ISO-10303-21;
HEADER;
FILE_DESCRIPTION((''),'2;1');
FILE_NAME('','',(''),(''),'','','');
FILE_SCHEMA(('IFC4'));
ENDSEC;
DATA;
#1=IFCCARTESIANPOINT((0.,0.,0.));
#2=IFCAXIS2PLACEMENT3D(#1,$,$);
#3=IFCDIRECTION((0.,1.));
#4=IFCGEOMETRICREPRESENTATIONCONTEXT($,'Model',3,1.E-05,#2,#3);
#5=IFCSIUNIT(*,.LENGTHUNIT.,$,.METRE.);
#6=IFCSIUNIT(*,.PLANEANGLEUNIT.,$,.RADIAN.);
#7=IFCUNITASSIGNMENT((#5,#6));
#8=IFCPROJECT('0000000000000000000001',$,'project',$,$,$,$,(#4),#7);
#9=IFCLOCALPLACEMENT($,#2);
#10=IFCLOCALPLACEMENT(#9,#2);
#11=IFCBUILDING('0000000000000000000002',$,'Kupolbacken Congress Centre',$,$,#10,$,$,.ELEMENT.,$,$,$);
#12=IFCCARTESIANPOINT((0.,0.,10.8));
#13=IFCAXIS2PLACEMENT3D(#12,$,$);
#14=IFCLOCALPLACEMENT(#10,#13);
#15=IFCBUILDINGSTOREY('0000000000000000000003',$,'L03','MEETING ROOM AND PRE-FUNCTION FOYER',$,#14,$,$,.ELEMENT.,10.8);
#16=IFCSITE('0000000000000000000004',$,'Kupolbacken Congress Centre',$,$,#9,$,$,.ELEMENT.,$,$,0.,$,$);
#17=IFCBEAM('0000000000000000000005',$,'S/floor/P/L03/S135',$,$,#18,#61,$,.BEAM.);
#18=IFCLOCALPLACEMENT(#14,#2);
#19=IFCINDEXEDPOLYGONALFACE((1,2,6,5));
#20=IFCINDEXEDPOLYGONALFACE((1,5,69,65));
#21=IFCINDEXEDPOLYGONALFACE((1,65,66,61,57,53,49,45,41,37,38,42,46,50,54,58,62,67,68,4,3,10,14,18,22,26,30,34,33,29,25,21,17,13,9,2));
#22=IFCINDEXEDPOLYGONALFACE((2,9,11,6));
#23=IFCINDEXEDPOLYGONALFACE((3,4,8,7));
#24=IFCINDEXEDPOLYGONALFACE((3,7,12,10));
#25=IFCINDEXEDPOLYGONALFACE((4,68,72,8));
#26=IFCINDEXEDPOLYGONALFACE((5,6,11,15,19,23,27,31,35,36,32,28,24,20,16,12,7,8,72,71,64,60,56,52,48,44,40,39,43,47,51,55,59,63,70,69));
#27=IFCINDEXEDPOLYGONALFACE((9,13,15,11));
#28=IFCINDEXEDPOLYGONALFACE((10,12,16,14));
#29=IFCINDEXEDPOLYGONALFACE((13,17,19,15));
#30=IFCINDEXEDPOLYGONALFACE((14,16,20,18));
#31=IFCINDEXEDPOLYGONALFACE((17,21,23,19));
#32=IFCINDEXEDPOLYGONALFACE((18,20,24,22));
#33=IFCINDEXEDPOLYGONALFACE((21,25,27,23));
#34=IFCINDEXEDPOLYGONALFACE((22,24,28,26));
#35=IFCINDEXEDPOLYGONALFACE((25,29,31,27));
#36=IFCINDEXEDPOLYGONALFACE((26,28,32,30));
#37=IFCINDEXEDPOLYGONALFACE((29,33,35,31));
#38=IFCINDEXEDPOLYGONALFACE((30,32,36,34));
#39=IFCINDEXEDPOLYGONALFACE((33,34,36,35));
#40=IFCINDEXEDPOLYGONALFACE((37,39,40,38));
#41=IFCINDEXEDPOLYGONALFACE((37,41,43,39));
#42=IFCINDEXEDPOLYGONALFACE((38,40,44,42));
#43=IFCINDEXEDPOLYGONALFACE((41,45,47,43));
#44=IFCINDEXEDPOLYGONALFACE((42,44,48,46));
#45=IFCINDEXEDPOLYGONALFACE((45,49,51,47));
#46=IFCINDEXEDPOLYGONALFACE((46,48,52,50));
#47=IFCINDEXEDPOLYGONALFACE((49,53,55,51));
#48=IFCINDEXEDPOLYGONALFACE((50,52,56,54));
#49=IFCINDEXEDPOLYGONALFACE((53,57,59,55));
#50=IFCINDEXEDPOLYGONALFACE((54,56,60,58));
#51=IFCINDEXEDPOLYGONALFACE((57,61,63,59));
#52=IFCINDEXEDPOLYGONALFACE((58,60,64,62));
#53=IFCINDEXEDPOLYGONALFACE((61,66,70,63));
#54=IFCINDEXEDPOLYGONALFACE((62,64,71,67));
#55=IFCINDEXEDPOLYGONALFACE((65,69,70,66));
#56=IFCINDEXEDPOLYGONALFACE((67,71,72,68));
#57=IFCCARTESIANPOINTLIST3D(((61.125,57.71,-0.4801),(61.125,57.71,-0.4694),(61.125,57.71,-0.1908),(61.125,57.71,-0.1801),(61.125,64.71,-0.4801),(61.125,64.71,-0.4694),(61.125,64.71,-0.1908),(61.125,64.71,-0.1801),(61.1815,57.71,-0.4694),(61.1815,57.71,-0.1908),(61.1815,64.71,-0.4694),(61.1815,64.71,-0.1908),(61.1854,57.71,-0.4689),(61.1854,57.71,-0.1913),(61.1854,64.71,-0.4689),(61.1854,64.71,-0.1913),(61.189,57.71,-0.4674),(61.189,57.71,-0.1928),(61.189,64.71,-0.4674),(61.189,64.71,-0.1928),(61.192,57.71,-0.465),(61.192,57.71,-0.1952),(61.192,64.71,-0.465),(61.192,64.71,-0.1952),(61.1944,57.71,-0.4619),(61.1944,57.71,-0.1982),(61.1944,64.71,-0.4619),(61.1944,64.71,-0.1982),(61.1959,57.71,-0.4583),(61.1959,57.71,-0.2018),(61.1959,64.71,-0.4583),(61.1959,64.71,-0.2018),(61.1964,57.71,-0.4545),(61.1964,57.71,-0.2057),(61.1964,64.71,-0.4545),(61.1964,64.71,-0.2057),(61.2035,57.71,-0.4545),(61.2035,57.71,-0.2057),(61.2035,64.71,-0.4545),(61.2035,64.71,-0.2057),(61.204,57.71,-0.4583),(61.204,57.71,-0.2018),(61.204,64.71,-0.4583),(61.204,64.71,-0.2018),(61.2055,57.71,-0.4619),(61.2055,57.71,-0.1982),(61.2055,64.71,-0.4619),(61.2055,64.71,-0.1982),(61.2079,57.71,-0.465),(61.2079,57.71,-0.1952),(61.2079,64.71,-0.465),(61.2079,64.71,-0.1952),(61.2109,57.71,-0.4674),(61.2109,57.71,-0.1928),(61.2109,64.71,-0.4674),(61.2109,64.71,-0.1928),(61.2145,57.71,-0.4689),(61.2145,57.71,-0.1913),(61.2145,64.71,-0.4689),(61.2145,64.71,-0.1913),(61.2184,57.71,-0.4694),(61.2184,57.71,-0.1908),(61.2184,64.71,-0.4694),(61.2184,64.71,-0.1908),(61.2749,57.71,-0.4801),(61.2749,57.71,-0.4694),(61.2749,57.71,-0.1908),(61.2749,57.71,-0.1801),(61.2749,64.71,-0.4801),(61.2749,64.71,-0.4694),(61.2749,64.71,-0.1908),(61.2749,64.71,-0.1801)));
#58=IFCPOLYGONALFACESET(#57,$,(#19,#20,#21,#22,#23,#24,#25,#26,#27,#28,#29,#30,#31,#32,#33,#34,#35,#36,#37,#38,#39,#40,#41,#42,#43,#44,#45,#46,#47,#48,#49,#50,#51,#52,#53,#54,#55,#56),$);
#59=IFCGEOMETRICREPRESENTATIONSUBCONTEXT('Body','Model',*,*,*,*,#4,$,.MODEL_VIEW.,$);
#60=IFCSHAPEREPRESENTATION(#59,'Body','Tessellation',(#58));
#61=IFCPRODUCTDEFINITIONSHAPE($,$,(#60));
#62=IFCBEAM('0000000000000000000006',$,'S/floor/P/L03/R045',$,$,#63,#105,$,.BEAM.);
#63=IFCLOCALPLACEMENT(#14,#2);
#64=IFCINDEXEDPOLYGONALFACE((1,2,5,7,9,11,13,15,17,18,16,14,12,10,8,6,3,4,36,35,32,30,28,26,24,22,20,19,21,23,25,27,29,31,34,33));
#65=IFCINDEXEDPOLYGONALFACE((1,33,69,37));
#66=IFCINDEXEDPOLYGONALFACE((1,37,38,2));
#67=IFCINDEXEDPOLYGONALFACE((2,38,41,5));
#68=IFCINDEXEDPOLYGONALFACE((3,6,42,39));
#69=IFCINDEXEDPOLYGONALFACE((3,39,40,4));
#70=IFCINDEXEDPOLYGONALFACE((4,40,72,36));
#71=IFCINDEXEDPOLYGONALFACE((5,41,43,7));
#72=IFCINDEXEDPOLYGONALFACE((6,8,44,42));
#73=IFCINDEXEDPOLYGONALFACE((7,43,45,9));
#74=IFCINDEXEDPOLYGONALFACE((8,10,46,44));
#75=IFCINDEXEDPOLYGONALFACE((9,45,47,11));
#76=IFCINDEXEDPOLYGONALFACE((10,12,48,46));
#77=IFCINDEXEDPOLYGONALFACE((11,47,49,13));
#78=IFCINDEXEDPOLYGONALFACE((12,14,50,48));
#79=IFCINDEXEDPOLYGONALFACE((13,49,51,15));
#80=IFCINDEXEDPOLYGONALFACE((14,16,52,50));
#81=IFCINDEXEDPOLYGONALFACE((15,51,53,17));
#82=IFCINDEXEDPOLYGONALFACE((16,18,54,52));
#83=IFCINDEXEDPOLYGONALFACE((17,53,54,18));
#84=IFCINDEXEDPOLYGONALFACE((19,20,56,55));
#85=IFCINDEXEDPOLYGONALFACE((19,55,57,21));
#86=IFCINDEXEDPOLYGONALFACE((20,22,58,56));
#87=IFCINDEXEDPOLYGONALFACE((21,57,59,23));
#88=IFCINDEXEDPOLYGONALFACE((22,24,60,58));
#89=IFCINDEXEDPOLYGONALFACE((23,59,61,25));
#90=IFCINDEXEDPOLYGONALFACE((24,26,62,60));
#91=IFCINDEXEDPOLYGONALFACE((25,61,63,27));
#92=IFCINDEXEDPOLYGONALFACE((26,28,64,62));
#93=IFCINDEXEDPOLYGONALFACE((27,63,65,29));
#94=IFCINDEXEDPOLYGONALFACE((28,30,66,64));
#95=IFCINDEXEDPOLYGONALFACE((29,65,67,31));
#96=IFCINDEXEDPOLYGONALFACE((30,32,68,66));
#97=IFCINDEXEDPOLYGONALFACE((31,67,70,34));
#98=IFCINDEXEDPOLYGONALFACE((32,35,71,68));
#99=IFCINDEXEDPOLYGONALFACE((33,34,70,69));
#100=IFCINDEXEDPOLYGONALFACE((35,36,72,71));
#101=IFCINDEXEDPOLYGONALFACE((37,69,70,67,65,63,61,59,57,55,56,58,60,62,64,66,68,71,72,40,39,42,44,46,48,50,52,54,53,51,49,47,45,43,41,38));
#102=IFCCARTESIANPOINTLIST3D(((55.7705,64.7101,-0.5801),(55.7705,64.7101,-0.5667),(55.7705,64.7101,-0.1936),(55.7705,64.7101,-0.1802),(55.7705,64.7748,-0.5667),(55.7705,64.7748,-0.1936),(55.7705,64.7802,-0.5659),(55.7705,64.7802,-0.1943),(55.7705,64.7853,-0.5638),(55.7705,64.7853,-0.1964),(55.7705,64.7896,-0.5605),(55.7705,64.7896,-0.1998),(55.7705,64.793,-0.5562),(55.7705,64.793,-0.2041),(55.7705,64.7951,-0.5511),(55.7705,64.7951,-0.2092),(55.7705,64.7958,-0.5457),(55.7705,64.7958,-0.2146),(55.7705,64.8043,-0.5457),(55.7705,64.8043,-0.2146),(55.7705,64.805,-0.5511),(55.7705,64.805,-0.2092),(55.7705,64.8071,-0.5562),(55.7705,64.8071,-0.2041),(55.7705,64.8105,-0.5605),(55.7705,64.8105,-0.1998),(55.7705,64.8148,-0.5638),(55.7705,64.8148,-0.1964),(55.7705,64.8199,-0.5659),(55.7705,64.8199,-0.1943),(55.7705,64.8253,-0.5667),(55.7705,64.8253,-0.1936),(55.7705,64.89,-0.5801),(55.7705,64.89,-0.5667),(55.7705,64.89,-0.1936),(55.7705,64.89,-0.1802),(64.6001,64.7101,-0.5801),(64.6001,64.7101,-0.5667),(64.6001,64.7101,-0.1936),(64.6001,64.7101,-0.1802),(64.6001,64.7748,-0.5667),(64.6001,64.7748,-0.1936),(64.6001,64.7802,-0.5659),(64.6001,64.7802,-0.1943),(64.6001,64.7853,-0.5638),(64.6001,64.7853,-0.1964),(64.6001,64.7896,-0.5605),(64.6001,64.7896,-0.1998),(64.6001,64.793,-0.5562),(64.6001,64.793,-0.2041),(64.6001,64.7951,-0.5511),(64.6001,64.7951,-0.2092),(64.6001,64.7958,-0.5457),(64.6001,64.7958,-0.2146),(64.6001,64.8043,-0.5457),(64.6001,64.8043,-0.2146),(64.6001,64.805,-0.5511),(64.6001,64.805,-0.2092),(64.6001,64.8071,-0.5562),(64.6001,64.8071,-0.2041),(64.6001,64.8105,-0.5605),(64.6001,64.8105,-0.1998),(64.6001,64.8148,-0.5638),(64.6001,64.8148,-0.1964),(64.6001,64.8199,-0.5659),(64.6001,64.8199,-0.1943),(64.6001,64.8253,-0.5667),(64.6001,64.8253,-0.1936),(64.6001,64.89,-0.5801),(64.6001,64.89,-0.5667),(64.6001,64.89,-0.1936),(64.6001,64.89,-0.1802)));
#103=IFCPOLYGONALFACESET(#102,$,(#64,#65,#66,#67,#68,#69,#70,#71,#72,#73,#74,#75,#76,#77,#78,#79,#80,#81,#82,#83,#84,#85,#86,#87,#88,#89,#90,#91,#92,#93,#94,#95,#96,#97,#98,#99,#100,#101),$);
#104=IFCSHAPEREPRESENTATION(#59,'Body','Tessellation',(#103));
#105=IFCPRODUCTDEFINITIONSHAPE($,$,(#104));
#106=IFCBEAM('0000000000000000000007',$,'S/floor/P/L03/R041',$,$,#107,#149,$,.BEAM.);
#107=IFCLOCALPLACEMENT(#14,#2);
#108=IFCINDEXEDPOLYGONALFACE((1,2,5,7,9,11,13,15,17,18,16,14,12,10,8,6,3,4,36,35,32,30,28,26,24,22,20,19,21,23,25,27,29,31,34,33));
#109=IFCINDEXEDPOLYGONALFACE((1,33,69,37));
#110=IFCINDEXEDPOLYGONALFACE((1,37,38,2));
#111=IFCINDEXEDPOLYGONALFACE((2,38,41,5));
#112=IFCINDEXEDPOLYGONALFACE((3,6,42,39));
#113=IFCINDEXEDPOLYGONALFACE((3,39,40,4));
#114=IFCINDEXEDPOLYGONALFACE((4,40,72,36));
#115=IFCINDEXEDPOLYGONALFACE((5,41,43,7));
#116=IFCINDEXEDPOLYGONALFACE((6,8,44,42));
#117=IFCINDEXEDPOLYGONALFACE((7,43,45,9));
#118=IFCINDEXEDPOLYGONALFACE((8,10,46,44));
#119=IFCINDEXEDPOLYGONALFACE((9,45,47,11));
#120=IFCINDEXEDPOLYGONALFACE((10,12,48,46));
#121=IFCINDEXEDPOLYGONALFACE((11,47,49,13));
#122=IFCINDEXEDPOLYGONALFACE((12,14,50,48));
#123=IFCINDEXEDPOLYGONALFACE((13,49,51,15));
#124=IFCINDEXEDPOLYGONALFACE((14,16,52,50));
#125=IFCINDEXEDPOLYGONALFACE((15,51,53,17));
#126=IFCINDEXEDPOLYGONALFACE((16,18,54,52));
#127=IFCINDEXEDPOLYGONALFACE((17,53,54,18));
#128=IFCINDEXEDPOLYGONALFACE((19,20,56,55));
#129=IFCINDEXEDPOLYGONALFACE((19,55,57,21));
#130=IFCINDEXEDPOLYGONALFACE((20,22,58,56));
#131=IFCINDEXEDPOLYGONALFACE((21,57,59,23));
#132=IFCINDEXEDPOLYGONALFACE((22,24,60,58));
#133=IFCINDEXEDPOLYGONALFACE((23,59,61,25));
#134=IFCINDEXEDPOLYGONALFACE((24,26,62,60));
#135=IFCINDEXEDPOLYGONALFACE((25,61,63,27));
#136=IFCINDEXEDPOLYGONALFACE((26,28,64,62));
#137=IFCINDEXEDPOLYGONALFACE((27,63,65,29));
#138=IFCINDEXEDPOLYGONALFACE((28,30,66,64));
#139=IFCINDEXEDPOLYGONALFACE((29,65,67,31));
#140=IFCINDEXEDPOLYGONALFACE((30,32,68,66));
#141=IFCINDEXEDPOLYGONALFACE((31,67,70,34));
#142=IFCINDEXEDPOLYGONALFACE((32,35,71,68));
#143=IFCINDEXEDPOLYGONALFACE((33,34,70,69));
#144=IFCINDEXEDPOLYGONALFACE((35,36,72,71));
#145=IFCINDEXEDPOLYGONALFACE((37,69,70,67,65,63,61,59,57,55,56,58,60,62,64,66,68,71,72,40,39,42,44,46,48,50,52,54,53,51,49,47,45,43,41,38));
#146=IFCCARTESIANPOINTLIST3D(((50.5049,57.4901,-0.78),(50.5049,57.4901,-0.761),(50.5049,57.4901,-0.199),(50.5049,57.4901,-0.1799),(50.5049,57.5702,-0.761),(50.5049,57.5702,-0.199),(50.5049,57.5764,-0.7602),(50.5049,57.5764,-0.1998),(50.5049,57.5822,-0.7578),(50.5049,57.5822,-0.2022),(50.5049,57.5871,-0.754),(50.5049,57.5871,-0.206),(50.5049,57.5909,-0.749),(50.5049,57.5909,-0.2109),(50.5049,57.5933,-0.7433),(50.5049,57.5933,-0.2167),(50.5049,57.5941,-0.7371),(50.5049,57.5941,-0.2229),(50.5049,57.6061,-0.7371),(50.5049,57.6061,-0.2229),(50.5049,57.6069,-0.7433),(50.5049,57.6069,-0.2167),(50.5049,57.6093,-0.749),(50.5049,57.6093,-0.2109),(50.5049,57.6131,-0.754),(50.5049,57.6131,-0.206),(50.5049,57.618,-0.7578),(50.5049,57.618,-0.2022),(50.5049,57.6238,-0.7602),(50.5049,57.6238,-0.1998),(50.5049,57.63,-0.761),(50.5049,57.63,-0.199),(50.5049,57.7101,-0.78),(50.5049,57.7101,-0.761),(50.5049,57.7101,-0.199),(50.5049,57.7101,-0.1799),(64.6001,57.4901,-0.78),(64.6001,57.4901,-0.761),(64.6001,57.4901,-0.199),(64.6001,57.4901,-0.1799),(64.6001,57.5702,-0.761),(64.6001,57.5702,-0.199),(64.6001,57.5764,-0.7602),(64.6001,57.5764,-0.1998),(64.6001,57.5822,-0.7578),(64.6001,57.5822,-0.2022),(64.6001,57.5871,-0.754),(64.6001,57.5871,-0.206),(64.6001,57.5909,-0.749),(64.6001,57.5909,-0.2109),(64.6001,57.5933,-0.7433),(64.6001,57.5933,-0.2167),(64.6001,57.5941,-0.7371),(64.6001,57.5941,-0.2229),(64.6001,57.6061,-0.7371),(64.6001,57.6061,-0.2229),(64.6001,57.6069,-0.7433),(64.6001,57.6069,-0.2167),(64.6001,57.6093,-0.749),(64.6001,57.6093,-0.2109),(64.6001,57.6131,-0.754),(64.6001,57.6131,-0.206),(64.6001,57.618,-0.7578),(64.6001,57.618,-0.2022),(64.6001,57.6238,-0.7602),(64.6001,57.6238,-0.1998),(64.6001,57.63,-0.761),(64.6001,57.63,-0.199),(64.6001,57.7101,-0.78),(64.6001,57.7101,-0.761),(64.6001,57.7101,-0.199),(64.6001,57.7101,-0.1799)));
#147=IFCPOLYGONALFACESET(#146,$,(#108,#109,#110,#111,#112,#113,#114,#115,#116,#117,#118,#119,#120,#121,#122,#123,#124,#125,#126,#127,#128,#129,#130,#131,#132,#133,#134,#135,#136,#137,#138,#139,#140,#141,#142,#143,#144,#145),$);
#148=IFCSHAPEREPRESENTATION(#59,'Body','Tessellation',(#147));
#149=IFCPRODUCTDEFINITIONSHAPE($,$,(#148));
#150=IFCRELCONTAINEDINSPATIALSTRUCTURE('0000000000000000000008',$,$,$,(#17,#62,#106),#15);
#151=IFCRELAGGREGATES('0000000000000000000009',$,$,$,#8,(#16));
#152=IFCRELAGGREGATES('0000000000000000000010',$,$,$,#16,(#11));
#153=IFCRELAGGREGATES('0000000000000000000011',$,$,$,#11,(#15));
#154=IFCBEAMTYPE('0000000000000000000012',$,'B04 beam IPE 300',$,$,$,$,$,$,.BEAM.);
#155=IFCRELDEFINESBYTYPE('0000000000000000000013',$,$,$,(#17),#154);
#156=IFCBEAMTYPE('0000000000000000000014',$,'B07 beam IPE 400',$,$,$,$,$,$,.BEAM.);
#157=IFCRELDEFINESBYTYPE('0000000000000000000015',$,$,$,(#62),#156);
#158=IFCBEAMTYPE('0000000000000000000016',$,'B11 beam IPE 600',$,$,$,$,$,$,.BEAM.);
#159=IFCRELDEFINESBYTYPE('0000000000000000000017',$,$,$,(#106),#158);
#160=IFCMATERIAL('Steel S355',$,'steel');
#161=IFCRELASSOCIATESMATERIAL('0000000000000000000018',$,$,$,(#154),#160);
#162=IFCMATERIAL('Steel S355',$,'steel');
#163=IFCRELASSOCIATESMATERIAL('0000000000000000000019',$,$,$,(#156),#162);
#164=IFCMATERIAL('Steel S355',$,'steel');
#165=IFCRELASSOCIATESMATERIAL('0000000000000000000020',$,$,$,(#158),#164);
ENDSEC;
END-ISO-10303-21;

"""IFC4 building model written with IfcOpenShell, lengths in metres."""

from ifc_helpers import new_model, si_unit, direction, frame, origin, origin_2d, place, context, subcontext, project, spatial, i_section, extrude, material, material_profile, profile_set, type_object, element, save


model = new_model("IFC4")

# Units and contexts
model_context = context("Model", 3, precision=1e-05, world=origin(), true_north=direction((0.0, 1.0)))
body_context = subcontext(model_context, "Body", "Model", "MODEL_VIEW")
ifc_project = project(units=[si_unit("LENGTHUNIT", "METRE"), si_unit("PLANEANGLEUNIT", "RADIAN")], contexts=[model_context])

# Site, building, storey
site_placement = place(None, origin())
site = spatial("IfcSite", under=ifc_project, at=site_placement, Name="Kupolbacken Congress Centre", CompositionType="ELEMENT", RefElevation=0.0)
building_placement = place(site_placement, origin())
building = spatial("IfcBuilding", under=site, at=building_placement, Name="Kupolbacken Congress Centre", CompositionType="ELEMENT")
storey_placement = place(building_placement, frame((0.0, 0.0, 10.8)))
storey = spatial("IfcBuildingStorey", under=building, at=storey_placement, Name="L03", Description="MEETING ROOM AND PRE-FUNCTION FOYER", CompositionType="ELEMENT", Elevation=10.8)

# Beams
ifc_material_1 = material(Name="Steel S355", Category="steel")
ifc_material_profile_1 = material_profile(ifc_material_1, i_section(OverallWidth=0.1499, OverallDepth=0.3, WebThickness=0.0071, FlangeThickness=0.0107, FilletRadius=0.0149, at=origin_2d()), Name="IPE 300")
ifc_profile_set_1 = profile_set([ifc_material_profile_1], Name="Steel S355")
beam_type_1 = type_object("IfcBeamType", Name="B04 beam IPE 300", PredefinedType="BEAM", material=ifc_profile_set_1)
for number, where, z_axis, x_axis, name in (
    (1, (61.2, 57.71, -0.3301), (0.0, 1.0, 0.0), (-1.0, 0.0, 0.0), "S/floor/P/L03/S135"),
):
    element("IfcBeam", number, at=place(storey_placement, frame(where, z_axis=z_axis, x_axis=x_axis)), inside=storey, type_object=beam_type_1, Name=name, PredefinedType="BEAM", context=body_context, shape_type="SweptSolid", body=[
        extrude(i_section(OverallWidth=0.1499, OverallDepth=0.3, WebThickness=0.0071, FlangeThickness=0.0107, FilletRadius=0.0149, at=origin_2d()), origin(), (0.0, 0.0, 1.0), 7.0),
    ])
ifc_material_2 = material(Name="Steel S355", Category="steel")
ifc_material_profile_2 = material_profile(ifc_material_2, i_section(OverallWidth=0.1799, OverallDepth=0.3999, WebThickness=0.0085, FlangeThickness=0.0134, FilletRadius=0.021, at=origin_2d()), Name="IPE 400")
ifc_profile_set_2 = profile_set([ifc_material_profile_2], Name="Steel S355")
beam_type_2 = type_object("IfcBeamType", Name="B07 beam IPE 400", PredefinedType="BEAM", material=ifc_profile_set_2)
beam_1_placement = place(storey_placement, frame((55.7705, 64.8, -0.3801), z_axis=(1.0, 0.0, 0.0), x_axis=(0.0, 1.0, 0.0)))
element("IfcBeam", 2, at=beam_1_placement, inside=storey, type_object=beam_type_2, Name="S/floor/P/L03/R045", PredefinedType="BEAM", context=body_context, shape_type="SweptSolid", body=[
    extrude(i_section(OverallWidth=0.1799, OverallDepth=0.3999, WebThickness=0.0085, FlangeThickness=0.0134, FilletRadius=0.021, at=origin_2d()), origin(), (0.0, 0.0, 1.0), 8.8296),
])
ifc_material_3 = material(Name="Steel S355", Category="steel")
ifc_material_profile_3 = material_profile(ifc_material_3, i_section(OverallWidth=0.22, OverallDepth=0.6001, WebThickness=0.012, FlangeThickness=0.019, FilletRadius=0.0239, at=origin_2d()), Name="IPE 600")
ifc_profile_set_3 = profile_set([ifc_material_profile_3], Name="Steel S355")
beam_type_3 = type_object("IfcBeamType", Name="B11 beam IPE 600", PredefinedType="BEAM", material=ifc_profile_set_3)
beam_2_placement = place(storey_placement, frame((50.5049, 57.6001, -0.48), z_axis=(1.0, 0.0, 0.0), x_axis=(0.0, 1.0, 0.0)))
element("IfcBeam", 3, at=beam_2_placement, inside=storey, type_object=beam_type_3, Name="S/floor/P/L03/R041", PredefinedType="BEAM", context=body_context, shape_type="SweptSolid", body=[
    extrude(i_section(OverallWidth=0.22, OverallDepth=0.6001, WebThickness=0.012, FlangeThickness=0.019, FilletRadius=0.0239, at=origin_2d()), origin(), (0.0, 0.0, 1.0), 14.0952),
])

save(model, "model.ifc")
